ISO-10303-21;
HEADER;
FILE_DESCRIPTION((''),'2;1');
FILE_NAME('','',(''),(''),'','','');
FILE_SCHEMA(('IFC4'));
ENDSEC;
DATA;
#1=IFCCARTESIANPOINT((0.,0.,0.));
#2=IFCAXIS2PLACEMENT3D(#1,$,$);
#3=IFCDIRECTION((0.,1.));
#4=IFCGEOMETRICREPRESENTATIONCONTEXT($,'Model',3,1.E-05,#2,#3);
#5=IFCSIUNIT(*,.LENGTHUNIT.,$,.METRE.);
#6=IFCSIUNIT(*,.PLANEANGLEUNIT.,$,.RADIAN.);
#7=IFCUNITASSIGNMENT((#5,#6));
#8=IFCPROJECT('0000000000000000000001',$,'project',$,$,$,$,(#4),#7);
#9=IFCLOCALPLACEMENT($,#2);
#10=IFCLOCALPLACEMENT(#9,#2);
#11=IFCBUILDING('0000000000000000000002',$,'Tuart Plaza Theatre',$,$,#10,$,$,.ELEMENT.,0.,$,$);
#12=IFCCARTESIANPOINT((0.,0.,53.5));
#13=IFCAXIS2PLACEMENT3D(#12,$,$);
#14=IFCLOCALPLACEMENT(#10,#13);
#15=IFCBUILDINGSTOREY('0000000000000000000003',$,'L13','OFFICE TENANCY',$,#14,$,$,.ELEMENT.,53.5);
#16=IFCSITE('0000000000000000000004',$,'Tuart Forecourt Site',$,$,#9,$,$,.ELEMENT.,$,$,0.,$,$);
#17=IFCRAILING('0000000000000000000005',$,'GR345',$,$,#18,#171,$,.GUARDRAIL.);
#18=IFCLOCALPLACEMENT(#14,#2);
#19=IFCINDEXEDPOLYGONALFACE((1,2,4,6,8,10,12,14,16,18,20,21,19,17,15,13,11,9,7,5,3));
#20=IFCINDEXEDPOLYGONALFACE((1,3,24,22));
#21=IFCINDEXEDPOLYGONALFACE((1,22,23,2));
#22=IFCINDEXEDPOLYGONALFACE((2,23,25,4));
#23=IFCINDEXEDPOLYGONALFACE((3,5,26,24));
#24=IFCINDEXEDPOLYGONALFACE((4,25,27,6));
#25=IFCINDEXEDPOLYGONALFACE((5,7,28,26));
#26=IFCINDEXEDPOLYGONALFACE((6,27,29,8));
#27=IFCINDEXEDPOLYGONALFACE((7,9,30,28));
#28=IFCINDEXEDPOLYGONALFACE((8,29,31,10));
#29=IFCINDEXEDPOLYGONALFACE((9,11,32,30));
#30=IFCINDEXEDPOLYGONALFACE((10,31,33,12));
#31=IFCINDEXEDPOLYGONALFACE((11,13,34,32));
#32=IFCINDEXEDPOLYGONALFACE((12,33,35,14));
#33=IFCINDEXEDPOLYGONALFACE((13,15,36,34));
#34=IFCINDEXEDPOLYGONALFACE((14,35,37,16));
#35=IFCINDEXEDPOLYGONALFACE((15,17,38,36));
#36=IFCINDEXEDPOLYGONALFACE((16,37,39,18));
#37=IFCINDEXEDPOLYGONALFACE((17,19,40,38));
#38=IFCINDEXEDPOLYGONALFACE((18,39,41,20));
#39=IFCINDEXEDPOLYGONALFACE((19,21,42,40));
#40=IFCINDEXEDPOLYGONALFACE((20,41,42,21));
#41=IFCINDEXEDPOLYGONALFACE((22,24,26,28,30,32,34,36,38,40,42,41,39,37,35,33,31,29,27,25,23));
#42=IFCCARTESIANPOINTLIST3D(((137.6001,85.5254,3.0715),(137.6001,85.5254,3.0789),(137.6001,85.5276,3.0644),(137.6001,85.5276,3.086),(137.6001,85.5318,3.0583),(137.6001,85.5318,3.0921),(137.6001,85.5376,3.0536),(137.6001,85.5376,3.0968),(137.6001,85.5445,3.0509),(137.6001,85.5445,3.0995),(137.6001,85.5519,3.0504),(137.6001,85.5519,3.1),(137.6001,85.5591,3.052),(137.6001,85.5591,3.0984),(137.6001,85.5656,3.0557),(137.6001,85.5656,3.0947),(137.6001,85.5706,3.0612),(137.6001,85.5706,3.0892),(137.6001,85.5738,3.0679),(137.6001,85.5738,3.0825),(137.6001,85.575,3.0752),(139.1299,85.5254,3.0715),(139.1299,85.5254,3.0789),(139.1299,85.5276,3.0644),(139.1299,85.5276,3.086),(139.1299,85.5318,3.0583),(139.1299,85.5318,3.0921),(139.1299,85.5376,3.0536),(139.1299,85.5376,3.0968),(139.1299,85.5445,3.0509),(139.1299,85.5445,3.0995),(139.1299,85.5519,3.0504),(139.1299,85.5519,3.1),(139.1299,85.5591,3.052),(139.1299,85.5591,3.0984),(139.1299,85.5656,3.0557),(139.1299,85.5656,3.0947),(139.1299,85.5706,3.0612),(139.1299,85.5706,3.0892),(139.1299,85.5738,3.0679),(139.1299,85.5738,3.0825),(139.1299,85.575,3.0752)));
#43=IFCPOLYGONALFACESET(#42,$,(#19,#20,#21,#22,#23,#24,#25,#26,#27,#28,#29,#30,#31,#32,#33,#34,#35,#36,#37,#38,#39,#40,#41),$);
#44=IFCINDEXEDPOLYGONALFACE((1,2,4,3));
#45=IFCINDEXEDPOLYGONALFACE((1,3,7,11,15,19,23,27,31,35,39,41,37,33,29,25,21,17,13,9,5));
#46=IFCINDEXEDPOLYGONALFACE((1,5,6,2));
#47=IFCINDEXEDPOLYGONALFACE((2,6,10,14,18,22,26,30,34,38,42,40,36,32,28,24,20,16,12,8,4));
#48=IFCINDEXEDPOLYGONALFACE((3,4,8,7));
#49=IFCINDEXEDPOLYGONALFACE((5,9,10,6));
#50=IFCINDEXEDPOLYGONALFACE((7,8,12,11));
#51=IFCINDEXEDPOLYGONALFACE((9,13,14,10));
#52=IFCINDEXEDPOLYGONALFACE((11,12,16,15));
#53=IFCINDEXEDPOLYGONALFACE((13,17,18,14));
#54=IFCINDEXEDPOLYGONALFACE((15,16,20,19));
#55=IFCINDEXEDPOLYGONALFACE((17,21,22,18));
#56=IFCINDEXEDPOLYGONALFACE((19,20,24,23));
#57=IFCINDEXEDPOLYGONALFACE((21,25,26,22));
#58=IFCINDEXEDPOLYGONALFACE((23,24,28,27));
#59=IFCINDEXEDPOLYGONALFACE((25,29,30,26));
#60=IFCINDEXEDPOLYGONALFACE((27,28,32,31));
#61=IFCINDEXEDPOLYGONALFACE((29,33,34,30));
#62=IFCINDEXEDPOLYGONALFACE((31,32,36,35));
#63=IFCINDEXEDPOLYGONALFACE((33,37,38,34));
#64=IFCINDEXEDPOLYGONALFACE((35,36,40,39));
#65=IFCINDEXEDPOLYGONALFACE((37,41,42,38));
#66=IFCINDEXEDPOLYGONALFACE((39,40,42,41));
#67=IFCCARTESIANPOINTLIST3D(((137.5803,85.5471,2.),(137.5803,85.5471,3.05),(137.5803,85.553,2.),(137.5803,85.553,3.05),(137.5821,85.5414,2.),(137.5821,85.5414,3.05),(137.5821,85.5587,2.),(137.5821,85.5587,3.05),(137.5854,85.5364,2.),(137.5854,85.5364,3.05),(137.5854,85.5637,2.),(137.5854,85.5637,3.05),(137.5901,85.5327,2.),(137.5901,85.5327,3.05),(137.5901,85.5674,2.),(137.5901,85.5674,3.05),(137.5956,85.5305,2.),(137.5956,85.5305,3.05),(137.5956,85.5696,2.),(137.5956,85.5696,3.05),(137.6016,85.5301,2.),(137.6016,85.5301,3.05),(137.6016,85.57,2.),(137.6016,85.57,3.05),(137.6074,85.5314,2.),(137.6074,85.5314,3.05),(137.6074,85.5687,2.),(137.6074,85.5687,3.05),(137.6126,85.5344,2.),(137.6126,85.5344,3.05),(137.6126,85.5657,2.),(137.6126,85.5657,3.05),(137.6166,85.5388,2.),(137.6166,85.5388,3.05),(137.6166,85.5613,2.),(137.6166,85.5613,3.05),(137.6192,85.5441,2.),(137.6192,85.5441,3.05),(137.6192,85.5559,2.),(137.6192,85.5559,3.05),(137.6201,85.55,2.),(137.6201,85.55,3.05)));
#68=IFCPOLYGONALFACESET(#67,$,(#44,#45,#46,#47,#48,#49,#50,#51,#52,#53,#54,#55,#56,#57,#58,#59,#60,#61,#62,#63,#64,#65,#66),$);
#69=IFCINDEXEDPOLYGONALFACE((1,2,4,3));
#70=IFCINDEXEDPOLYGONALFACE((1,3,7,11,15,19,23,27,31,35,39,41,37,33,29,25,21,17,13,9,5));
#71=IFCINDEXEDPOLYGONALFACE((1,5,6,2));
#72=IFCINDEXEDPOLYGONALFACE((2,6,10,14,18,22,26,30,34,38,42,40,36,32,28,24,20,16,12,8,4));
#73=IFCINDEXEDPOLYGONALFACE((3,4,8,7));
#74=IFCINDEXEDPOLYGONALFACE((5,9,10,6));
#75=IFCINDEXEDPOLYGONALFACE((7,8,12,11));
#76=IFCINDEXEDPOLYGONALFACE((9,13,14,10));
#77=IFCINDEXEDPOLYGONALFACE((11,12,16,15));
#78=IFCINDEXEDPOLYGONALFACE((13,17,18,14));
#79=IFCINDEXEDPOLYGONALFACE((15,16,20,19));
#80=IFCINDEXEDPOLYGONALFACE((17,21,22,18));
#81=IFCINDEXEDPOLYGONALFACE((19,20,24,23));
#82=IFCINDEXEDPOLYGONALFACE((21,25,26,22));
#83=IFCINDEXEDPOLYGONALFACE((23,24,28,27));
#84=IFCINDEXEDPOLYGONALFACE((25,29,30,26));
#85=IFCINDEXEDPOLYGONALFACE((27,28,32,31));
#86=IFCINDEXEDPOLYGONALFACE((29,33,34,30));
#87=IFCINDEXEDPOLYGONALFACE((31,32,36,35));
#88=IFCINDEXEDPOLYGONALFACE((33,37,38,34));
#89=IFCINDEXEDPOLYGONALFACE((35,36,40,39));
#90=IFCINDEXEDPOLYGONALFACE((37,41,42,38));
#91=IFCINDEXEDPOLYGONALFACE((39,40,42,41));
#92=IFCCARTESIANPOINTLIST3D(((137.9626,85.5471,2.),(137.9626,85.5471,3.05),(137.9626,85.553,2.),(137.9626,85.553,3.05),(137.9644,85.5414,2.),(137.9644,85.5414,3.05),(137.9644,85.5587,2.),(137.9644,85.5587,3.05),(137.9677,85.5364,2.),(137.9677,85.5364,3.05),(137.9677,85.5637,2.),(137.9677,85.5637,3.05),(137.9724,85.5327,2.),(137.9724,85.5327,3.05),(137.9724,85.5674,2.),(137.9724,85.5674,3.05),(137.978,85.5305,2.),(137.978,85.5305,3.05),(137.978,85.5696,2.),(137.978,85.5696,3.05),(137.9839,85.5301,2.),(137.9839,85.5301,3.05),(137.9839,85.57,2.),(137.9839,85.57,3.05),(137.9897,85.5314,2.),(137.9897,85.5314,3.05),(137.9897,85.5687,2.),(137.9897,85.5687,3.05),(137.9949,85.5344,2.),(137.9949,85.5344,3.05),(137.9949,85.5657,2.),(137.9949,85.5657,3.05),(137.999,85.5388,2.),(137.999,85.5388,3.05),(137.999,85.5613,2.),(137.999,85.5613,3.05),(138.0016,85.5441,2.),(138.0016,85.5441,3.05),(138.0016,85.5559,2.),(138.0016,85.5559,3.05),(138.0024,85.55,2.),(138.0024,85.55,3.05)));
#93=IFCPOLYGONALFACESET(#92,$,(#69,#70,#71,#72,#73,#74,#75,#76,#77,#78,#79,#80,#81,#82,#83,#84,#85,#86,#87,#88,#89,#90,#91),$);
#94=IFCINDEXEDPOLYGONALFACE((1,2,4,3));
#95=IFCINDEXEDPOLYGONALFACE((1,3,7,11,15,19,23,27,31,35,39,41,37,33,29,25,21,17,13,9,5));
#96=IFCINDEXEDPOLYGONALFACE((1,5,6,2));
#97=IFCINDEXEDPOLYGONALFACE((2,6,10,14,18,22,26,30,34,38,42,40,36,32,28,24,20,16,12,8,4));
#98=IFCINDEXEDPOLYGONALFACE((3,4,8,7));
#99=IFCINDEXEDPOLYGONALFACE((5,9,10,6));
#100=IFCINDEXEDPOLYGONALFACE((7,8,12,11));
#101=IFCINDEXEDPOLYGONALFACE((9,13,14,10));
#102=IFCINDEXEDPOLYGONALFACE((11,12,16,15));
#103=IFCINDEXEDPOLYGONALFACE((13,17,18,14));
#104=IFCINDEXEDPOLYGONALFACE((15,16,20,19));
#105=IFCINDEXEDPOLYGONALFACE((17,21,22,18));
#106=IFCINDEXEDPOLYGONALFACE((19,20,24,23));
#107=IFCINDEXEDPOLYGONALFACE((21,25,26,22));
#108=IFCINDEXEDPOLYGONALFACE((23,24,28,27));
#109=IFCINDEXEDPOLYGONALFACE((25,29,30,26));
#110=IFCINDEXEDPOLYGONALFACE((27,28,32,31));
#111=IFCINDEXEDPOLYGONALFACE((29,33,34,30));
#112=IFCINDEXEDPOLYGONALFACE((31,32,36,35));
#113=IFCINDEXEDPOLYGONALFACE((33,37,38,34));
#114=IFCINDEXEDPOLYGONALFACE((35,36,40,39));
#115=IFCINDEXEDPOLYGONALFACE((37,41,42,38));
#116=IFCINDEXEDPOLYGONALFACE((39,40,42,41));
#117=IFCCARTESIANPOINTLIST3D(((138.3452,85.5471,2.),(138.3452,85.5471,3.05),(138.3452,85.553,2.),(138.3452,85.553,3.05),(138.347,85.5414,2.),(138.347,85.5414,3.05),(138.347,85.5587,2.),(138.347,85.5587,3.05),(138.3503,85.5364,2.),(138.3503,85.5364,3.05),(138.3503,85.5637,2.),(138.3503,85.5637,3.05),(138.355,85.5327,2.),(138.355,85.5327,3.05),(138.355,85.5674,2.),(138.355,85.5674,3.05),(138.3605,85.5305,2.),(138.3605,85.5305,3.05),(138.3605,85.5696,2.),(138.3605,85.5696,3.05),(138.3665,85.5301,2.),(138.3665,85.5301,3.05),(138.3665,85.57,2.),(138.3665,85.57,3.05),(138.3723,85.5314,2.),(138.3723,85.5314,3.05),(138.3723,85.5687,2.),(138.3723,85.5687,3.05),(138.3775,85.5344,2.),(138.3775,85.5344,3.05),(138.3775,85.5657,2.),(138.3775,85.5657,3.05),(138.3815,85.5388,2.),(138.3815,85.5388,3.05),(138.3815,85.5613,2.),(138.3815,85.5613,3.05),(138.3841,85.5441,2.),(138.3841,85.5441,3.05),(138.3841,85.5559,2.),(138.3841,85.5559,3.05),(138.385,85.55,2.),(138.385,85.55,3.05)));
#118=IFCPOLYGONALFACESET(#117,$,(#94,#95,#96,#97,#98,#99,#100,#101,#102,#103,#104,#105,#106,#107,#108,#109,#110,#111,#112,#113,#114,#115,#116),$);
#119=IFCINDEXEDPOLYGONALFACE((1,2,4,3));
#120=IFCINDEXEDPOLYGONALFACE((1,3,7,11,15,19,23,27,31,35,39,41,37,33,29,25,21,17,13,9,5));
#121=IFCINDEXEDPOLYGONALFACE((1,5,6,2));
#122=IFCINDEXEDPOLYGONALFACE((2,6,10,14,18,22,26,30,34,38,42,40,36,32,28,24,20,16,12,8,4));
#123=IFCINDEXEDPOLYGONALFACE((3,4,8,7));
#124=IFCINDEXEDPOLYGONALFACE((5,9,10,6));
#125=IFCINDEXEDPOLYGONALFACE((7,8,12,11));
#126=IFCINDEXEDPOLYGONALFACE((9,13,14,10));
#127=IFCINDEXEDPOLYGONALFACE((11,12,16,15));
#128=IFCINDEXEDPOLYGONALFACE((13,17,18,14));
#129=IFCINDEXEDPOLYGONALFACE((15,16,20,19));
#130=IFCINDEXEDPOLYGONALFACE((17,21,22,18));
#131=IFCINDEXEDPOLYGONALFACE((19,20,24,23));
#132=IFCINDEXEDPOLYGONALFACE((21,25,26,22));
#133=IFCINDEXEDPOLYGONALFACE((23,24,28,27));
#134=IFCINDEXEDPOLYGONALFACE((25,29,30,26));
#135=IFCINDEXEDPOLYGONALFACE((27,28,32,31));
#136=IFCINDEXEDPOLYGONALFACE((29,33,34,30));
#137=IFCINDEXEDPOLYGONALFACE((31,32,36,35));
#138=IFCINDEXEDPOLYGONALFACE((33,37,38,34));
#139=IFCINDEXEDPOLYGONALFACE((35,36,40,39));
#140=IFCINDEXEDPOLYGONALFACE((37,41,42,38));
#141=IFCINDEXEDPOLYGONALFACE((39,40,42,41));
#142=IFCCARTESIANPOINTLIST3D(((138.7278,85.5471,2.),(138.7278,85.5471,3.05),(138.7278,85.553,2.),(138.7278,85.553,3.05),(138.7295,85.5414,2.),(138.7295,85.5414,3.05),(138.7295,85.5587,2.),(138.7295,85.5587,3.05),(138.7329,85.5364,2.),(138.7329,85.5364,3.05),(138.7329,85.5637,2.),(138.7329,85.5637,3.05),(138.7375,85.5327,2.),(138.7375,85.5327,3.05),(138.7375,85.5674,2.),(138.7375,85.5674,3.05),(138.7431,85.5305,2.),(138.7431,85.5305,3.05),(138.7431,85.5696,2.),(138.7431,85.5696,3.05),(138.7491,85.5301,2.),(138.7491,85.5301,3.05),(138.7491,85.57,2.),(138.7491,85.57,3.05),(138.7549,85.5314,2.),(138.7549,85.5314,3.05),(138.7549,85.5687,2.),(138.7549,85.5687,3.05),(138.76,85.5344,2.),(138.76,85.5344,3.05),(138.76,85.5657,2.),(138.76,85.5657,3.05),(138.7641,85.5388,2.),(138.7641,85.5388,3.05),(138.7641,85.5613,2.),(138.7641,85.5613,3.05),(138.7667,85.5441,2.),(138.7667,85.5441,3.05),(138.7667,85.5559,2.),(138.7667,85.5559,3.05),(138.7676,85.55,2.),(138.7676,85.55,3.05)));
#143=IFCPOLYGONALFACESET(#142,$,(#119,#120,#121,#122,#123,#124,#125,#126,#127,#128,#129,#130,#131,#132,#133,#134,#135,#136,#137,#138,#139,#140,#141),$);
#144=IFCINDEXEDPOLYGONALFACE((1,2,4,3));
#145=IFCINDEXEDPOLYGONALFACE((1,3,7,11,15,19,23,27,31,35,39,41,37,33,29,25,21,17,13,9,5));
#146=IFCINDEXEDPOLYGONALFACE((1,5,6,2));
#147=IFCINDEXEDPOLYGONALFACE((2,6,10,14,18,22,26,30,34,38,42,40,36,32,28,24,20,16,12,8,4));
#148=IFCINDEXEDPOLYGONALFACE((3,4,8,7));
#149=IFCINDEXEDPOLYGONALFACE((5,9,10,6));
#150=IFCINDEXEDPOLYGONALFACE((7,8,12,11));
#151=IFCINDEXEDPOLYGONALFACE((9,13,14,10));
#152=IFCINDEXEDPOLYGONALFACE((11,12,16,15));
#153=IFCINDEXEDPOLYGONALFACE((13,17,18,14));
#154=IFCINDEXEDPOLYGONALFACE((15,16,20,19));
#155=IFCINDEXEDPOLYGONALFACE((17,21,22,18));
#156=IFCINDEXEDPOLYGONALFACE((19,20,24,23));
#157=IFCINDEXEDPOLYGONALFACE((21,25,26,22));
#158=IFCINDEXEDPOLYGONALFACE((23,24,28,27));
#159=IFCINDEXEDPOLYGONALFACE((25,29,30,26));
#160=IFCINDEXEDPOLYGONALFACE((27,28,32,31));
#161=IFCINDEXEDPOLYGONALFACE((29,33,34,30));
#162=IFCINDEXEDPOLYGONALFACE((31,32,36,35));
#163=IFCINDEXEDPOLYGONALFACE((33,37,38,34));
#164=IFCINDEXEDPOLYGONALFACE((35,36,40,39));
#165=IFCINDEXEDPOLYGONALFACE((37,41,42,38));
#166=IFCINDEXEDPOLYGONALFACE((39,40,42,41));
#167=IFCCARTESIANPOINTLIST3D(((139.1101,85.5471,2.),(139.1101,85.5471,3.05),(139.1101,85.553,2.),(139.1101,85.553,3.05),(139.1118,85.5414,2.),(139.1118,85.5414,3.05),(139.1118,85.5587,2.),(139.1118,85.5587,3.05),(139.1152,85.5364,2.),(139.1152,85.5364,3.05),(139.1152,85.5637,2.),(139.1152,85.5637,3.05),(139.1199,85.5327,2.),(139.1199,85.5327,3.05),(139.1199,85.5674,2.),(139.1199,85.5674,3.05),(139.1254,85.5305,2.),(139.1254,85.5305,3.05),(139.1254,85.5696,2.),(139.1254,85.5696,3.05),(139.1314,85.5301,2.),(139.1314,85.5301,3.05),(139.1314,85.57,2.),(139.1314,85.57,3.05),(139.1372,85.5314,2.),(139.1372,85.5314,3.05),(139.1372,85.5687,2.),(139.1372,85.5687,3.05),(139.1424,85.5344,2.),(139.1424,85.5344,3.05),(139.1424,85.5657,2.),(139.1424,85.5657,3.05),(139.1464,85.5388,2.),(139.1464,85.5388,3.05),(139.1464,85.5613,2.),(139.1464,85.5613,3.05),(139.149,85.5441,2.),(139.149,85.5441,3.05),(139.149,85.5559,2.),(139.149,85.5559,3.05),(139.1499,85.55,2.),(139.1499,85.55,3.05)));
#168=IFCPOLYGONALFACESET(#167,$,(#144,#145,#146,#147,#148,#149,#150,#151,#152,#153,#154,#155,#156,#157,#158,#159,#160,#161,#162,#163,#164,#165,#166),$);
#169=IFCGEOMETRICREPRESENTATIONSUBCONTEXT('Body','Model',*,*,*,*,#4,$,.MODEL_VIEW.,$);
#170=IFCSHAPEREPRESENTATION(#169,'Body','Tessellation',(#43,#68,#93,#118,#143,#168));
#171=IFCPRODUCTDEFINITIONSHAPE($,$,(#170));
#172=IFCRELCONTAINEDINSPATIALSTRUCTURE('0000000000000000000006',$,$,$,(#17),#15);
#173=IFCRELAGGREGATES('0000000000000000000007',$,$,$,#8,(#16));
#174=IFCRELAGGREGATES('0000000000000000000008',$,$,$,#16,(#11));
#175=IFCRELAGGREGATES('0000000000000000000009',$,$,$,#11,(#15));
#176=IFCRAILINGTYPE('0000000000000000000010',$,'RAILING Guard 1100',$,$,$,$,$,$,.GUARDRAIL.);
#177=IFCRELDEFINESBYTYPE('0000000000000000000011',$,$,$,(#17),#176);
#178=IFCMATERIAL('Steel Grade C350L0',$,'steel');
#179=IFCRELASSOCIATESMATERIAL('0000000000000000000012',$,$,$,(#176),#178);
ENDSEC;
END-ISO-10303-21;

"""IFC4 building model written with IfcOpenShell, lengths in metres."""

from ifc_helpers import new_model, si_unit, direction, frame, origin, origin_2d, place, context, subcontext, project, spatial, circle, extrude, material, type_object, element, save


model = new_model("IFC4")

# Units and contexts
model_context = context("Model", 3, precision=1e-05, world=origin(), true_north=direction((0.0, 1.0)))
body_context = subcontext(model_context, "Body", "Model", "MODEL_VIEW")
ifc_project = project(units=[si_unit("LENGTHUNIT", "METRE"), si_unit("PLANEANGLEUNIT", "RADIAN")], contexts=[model_context])

# Site, building, storey
site_placement = place(None, origin())
site = spatial("IfcSite", under=ifc_project, at=site_placement, Name="Tuart Forecourt Site", CompositionType="ELEMENT", RefElevation=0.0)
building_placement = place(site_placement, origin())
building = spatial("IfcBuilding", under=site, at=building_placement, Name="Tuart Plaza Theatre", CompositionType="ELEMENT", ElevationOfRefHeight=0.0)
storey_placement = place(building_placement, frame((0.0, 0.0, 53.5)))
storey = spatial("IfcBuildingStorey", under=building, at=storey_placement, Name="L13", Description="OFFICE TENANCY", CompositionType="ELEMENT", Elevation=53.5)

# Railing
ifc_material_1 = material(Name="Steel Grade C350L0", Category="steel")
railing_type_1 = type_object("IfcRailingType", Name="RAILING Guard 1100", PredefinedType="GUARDRAIL", material=ifc_material_1)
railing_1_placement = place(storey_placement, frame((137.6001, 85.55, 2.0)))
element("IfcRailing", 1, at=railing_1_placement, inside=storey, type_object=railing_type_1, Name="GR345", PredefinedType="GUARDRAIL", context=body_context, shape_type="SweptSolid", body=[
    extrude(circle(Radius=0.0249, at=origin_2d()), frame((0.0, 0.0, 1.0752), z_axis=(1.0, 0.0, 0.0), x_axis=(0.0, 1.0, 0.0)), (0.0, 0.0, 1.0), 1.5298),
    extrude(circle(Radius=0.02, at=origin_2d()), origin(), (0.0, 0.0, 1.0), 1.05),
    extrude(circle(Radius=0.02, at=origin_2d()), frame((0.3823, 0.0, 0.0)), (0.0, 0.0, 1.0), 1.05),
    extrude(circle(Radius=0.02, at=origin_2d()), frame((0.7649, 0.0, 0.0)), (0.0, 0.0, 1.0), 1.05),
    extrude(circle(Radius=0.02, at=origin_2d()), frame((1.1475, 0.0, 0.0)), (0.0, 0.0, 1.0), 1.05),
    extrude(circle(Radius=0.02, at=origin_2d()), frame((1.5298, 0.0, 0.0)), (0.0, 0.0, 1.0), 1.05),
])

save(model, "model.ifc")
